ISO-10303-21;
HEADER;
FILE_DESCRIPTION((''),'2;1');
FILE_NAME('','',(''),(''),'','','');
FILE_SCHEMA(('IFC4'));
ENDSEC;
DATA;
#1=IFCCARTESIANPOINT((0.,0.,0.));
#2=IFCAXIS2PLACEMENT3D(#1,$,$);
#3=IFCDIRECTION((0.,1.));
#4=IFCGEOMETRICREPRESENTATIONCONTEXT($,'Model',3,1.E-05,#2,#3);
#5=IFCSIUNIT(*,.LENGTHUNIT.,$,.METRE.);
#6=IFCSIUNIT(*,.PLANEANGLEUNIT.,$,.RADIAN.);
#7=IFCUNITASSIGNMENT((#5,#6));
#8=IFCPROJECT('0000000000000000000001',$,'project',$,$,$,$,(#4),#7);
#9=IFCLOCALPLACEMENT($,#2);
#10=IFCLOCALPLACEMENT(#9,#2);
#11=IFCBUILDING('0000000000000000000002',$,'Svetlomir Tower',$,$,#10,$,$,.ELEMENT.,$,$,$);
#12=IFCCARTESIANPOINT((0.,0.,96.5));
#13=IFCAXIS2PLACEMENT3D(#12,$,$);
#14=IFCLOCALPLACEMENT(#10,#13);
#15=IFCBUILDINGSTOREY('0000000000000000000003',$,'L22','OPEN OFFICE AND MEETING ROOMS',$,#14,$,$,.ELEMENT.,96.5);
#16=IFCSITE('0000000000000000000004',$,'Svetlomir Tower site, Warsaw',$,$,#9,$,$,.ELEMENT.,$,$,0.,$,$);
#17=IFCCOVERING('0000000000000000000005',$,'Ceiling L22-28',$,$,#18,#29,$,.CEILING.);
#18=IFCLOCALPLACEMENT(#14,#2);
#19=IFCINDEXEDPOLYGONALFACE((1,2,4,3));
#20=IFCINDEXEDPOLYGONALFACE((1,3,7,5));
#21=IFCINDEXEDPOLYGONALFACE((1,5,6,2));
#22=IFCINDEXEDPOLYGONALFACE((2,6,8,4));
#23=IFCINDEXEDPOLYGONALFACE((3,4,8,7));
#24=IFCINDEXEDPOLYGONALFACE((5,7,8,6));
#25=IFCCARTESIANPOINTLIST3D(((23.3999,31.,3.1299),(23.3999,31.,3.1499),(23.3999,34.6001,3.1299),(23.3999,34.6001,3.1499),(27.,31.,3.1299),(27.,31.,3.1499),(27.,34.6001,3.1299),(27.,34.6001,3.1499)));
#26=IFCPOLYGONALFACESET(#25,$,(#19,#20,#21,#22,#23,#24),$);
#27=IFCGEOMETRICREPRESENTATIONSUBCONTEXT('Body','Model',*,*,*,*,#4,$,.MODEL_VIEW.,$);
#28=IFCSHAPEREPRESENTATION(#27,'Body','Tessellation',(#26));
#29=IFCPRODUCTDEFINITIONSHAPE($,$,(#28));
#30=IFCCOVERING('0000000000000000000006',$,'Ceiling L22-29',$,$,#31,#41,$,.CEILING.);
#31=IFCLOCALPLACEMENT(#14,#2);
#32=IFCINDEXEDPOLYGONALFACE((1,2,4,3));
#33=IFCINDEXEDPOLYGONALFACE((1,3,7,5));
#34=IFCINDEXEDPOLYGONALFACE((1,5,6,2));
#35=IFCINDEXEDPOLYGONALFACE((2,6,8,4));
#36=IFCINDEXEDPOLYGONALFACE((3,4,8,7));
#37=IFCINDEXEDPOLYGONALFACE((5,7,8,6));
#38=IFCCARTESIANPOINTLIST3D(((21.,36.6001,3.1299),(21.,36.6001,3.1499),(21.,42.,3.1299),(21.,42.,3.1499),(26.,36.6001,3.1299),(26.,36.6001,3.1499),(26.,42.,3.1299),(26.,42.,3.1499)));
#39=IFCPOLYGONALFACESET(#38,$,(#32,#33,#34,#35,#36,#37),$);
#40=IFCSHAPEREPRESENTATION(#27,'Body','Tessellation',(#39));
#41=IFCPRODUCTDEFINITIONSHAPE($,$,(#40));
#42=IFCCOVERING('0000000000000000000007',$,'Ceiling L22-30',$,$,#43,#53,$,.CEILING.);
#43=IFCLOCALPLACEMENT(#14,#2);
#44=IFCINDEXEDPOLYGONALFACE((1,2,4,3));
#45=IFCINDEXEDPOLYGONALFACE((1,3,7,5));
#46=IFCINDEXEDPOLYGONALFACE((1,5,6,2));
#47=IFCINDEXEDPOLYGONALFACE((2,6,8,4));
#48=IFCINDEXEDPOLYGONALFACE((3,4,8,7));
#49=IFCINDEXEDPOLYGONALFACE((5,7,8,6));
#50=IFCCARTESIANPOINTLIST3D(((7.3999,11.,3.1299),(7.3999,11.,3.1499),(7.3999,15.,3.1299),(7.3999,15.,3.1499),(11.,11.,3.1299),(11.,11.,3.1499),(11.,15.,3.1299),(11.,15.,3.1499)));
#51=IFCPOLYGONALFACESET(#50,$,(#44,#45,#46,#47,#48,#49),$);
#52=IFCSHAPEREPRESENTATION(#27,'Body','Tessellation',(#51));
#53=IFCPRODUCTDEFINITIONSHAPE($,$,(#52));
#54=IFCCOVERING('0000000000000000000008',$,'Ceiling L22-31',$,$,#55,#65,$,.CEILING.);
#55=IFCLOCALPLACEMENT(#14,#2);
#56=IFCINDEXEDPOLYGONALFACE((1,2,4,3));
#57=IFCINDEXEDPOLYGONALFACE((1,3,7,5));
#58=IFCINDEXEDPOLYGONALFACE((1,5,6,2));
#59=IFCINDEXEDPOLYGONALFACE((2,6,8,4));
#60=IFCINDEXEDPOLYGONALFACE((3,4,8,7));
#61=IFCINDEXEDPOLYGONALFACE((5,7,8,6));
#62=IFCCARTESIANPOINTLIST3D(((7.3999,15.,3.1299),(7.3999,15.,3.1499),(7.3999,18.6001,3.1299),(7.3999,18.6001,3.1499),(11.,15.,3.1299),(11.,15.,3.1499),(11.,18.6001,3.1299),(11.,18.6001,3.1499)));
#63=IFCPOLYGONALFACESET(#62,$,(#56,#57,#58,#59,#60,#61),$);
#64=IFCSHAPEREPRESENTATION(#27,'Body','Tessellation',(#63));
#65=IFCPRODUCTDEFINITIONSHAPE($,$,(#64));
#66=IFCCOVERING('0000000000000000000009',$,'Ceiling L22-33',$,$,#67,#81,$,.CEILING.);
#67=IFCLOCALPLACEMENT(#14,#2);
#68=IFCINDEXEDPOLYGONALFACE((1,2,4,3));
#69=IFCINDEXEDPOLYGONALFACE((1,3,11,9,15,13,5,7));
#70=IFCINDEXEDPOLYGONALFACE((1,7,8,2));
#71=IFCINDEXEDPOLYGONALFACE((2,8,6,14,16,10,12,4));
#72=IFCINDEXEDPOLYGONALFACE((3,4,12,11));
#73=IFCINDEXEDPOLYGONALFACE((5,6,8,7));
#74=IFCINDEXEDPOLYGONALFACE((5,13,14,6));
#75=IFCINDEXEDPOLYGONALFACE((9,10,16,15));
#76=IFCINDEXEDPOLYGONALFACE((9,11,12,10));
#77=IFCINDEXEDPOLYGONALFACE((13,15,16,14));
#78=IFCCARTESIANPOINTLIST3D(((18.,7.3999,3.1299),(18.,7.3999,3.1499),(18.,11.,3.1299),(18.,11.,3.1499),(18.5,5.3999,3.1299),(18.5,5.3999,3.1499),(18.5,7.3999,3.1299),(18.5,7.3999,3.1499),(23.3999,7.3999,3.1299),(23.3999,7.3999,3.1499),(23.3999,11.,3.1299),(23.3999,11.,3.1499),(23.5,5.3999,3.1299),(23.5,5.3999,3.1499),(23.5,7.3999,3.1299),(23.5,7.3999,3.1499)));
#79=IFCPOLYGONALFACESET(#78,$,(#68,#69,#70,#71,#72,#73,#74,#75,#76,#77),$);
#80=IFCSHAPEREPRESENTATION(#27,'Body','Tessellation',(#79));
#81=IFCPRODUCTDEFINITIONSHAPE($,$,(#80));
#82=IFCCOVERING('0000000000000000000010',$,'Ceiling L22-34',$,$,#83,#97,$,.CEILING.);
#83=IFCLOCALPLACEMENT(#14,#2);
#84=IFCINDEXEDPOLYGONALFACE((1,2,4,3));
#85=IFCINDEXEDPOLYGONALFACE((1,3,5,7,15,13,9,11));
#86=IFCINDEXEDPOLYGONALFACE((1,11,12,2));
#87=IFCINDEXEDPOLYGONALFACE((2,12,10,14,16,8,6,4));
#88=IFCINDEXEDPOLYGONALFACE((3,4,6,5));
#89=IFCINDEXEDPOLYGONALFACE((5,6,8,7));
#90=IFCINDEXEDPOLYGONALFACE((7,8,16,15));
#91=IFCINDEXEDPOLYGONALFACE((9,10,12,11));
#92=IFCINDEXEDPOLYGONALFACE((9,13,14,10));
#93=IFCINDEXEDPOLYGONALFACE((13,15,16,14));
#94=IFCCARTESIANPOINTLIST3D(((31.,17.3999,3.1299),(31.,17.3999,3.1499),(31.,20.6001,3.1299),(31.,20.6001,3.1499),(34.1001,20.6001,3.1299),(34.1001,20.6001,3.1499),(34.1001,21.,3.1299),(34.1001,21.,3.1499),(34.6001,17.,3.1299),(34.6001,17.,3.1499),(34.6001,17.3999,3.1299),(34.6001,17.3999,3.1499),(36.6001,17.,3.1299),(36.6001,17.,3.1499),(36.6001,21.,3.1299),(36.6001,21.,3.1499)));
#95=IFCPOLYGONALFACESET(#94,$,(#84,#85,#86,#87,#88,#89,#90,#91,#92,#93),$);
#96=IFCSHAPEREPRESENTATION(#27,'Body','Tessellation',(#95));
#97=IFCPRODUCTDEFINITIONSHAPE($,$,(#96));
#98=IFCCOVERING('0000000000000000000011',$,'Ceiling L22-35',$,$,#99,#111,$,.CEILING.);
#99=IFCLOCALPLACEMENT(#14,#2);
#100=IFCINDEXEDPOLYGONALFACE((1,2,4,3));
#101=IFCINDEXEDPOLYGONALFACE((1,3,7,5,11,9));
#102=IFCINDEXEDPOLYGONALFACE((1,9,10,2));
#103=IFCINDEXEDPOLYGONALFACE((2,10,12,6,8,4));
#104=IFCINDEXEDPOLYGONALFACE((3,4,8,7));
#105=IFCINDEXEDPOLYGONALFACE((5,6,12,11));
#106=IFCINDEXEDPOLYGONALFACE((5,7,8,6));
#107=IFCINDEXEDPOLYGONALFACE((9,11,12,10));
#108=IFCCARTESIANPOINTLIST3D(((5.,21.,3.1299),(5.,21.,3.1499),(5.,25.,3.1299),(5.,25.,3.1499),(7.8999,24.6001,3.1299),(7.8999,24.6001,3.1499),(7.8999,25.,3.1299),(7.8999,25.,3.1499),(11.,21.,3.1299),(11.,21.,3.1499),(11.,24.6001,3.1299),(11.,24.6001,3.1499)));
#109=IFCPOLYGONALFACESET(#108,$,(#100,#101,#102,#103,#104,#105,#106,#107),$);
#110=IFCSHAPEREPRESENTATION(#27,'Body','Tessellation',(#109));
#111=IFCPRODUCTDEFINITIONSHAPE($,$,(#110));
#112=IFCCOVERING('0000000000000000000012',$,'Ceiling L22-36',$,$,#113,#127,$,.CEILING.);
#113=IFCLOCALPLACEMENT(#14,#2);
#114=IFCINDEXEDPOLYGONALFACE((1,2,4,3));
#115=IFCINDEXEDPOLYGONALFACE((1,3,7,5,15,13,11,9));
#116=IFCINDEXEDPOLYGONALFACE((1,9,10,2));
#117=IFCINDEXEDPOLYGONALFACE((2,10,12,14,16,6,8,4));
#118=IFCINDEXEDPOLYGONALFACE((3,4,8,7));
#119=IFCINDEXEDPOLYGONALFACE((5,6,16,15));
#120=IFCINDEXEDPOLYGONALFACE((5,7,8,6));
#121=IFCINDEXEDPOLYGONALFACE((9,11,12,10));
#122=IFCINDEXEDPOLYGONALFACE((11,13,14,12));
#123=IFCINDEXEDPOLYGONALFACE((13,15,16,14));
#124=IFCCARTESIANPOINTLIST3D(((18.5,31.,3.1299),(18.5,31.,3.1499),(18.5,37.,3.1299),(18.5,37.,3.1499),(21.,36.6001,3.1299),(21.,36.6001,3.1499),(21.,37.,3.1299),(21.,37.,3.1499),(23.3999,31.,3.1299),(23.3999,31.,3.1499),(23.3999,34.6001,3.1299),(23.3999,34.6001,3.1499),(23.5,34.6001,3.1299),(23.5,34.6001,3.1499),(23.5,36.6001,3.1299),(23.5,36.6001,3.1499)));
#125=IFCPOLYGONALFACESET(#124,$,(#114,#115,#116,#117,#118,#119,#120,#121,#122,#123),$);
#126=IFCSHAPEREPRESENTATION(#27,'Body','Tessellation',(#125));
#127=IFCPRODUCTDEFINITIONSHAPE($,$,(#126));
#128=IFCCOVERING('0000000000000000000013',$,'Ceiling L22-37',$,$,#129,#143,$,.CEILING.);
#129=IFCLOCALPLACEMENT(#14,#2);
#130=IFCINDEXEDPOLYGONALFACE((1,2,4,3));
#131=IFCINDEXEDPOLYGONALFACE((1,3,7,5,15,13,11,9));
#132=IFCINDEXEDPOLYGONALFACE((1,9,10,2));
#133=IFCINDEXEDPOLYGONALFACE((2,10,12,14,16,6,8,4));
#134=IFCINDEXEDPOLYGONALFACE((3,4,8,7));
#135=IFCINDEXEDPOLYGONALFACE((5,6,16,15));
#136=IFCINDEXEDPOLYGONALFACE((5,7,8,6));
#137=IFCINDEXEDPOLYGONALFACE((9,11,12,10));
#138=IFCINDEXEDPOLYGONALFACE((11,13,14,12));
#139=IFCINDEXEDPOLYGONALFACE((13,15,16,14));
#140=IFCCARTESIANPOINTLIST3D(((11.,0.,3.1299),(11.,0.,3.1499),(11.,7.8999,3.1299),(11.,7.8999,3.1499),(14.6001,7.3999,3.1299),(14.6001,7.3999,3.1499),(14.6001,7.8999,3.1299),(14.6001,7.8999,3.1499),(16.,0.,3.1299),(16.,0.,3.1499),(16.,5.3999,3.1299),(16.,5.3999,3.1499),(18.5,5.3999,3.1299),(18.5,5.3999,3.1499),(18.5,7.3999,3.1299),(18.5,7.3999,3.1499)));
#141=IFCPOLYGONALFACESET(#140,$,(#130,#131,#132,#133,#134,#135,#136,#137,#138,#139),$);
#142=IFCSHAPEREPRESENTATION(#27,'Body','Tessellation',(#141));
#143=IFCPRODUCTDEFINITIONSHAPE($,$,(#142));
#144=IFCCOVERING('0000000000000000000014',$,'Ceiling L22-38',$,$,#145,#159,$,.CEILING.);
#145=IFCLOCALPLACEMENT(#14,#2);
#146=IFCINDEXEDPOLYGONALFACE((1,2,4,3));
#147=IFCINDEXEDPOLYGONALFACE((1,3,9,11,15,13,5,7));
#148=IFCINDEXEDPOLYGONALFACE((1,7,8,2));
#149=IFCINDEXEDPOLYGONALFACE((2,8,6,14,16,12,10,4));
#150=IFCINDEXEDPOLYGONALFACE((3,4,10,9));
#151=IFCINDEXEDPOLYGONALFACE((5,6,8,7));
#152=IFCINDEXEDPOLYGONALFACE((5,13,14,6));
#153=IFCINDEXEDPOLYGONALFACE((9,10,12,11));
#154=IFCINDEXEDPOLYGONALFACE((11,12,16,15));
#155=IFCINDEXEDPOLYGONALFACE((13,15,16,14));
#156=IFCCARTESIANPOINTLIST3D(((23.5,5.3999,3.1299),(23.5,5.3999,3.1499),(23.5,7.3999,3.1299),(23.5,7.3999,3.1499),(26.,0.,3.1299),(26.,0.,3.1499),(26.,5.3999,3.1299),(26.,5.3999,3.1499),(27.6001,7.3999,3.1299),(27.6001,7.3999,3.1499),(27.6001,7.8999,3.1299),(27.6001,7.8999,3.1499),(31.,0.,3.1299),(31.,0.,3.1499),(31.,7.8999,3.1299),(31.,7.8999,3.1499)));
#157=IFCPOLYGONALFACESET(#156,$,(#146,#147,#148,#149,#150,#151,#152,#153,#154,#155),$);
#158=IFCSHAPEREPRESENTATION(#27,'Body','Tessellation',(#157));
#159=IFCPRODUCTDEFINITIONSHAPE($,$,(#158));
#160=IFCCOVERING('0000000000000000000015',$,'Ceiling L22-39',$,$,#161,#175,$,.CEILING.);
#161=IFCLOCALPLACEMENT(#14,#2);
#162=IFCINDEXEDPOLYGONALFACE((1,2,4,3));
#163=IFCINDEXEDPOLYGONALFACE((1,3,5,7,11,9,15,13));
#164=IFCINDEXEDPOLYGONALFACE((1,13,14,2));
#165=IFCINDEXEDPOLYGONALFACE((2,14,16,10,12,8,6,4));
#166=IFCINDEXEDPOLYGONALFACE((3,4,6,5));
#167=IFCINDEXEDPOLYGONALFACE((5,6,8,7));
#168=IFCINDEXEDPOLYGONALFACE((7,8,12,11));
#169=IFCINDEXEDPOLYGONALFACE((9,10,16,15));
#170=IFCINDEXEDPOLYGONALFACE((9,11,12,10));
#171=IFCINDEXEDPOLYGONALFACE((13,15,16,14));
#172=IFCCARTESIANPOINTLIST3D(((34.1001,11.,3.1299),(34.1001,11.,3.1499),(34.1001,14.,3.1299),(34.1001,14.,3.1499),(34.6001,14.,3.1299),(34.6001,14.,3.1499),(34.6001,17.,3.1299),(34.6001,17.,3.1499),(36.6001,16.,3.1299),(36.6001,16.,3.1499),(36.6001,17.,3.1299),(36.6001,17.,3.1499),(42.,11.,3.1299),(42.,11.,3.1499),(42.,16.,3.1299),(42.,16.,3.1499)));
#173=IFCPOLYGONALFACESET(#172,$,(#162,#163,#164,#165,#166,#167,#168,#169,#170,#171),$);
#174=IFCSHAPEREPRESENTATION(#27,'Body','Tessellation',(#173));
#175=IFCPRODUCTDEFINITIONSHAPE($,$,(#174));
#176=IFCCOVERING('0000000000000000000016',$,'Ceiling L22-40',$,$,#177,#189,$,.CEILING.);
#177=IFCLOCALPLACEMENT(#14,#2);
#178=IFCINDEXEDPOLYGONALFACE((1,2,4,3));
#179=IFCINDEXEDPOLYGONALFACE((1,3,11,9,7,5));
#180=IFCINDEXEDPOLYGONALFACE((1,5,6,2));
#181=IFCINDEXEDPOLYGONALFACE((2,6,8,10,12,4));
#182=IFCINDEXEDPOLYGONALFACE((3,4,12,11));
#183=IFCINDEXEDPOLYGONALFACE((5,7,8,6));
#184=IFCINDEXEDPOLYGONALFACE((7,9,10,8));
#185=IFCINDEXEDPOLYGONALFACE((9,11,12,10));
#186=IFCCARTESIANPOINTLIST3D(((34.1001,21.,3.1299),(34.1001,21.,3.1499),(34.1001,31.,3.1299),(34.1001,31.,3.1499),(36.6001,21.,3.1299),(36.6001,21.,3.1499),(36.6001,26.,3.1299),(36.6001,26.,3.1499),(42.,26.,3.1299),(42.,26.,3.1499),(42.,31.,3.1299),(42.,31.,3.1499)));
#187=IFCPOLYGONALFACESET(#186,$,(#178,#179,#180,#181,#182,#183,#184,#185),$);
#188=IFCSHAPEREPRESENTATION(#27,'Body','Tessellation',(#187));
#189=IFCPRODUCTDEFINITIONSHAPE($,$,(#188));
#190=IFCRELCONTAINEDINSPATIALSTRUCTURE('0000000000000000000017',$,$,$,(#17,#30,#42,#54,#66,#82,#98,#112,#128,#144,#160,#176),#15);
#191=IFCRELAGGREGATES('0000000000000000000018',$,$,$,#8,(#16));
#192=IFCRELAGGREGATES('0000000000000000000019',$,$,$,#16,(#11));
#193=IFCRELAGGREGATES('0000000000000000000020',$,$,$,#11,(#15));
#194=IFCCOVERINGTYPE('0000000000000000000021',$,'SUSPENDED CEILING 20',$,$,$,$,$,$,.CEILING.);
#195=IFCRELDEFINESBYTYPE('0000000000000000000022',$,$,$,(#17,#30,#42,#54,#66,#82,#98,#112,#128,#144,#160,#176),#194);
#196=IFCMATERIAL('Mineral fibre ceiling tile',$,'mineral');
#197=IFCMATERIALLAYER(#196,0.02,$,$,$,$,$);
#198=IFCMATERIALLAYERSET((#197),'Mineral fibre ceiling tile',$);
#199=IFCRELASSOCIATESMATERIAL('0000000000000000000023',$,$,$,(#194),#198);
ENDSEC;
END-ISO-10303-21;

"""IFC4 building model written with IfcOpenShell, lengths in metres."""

from ifc_helpers import new_model, si_unit, direction, frame, origin, place, context, subcontext, project, spatial, polyline, outline, extrude, material, layer, layer_set, type_object, element, save


model = new_model("IFC4")

# Units and contexts
model_context = context("Model", 3, precision=1e-05, world=origin(), true_north=direction((0.0, 1.0)))
body_context = subcontext(model_context, "Body", "Model", "MODEL_VIEW")
ifc_project = project(units=[si_unit("LENGTHUNIT", "METRE"), si_unit("PLANEANGLEUNIT", "RADIAN")], contexts=[model_context])

# Site, building, storey
site_placement = place(None, origin())
site = spatial("IfcSite", under=ifc_project, at=site_placement, Name="Svetlomir Tower site, Warsaw", CompositionType="ELEMENT", RefElevation=0.0)
building_placement = place(site_placement, origin())
building = spatial("IfcBuilding", under=site, at=building_placement, Name="Svetlomir Tower", CompositionType="ELEMENT")
storey_placement = place(building_placement, frame((0.0, 0.0, 96.5)))
storey = spatial("IfcBuildingStorey", under=building, at=storey_placement, Name="L22", Description="OPEN OFFICE AND MEETING ROOMS", CompositionType="ELEMENT", Elevation=96.5)

# Coverings
ifc_material_1 = material(Name="Mineral fibre ceiling tile", Category="mineral")
ifc_layer_1 = layer(ifc_material_1, 0.02)
ifc_layer_set_1 = layer_set([ifc_layer_1], Name="Mineral fibre ceiling tile")
covering_type_1 = type_object("IfcCoveringType", Name="SUSPENDED CEILING 20", PredefinedType="CEILING", material=ifc_layer_set_1)
covering_1_placement = place(storey_placement, frame((0.0, 0.0, 3.1299)))
element("IfcCovering", 1, at=covering_1_placement, inside=storey, type_object=covering_type_1, Name="Ceiling L22-28", PredefinedType="CEILING", context=body_context, shape_type="SweptSolid", body=[
    extrude(outline(polyline([(23.3999, 31.0), (27.0, 31.0), (27.0, 34.6001), (23.3999, 34.6001), (23.3999, 31.0)])), origin(), (0.0, 0.0, 1.0), 0.02),
])
covering_2_placement = place(storey_placement, frame((0.0, 0.0, 3.1299)))
element("IfcCovering", 2, at=covering_2_placement, inside=storey, type_object=covering_type_1, Name="Ceiling L22-29", PredefinedType="CEILING", context=body_context, shape_type="SweptSolid", body=[
    extrude(outline(polyline([(21.0, 36.6001), (26.0, 36.6001), (26.0, 42.0), (21.0, 42.0), (21.0, 36.6001)])), origin(), (0.0, 0.0, 1.0), 0.02),
])
covering_3_placement = place(storey_placement, frame((0.0, 0.0, 3.1299)))
element("IfcCovering", 3, at=covering_3_placement, inside=storey, type_object=covering_type_1, Name="Ceiling L22-30", PredefinedType="CEILING", context=body_context, shape_type="SweptSolid", body=[
    extrude(outline(polyline([(7.3999, 11.0), (11.0, 11.0), (11.0, 15.0), (7.3999, 15.0), (7.3999, 11.0)])), origin(), (0.0, 0.0, 1.0), 0.02),
])
covering_4_placement = place(storey_placement, frame((0.0, 0.0, 3.1299)))
element("IfcCovering", 4, at=covering_4_placement, inside=storey, type_object=covering_type_1, Name="Ceiling L22-31", PredefinedType="CEILING", context=body_context, shape_type="SweptSolid", body=[
    extrude(outline(polyline([(7.3999, 15.0), (11.0, 15.0), (11.0, 18.6001), (7.3999, 18.6001), (7.3999, 15.0)])), origin(), (0.0, 0.0, 1.0), 0.02),
])
covering_5_placement = place(storey_placement, frame((0.0, 0.0, 3.1299)))
element("IfcCovering", 5, at=covering_5_placement, inside=storey, type_object=covering_type_1, Name="Ceiling L22-33", PredefinedType="CEILING", context=body_context, shape_type="SweptSolid", body=[
    extrude(outline(polyline([(23.5, 7.3999), (23.5, 5.3999), (18.5, 5.3999), (18.5, 7.3999), (18.0, 7.3999), (18.0, 11.0), (23.3999, 11.0), (23.3999, 7.3999), (23.5, 7.3999)])), origin(), (0.0, 0.0, 1.0), 0.02),
])
covering_6_placement = place(storey_placement, frame((0.0, 0.0, 3.1299)))
element("IfcCovering", 6, at=covering_6_placement, inside=storey, type_object=covering_type_1, Name="Ceiling L22-34", PredefinedType="CEILING", context=body_context, shape_type="SweptSolid", body=[
    extrude(outline(polyline([(31.0, 20.6001), (34.1001, 20.6001), (34.1001, 21.0), (36.6001, 21.0), (36.6001, 17.0), (34.6001, 17.0), (34.6001, 17.3999), (31.0, 17.3999), (31.0, 20.6001)])), origin(), (0.0, 0.0, 1.0), 0.02),
])
covering_7_placement = place(storey_placement, frame((0.0, 0.0, 3.1299)))
element("IfcCovering", 7, at=covering_7_placement, inside=storey, type_object=covering_type_1, Name="Ceiling L22-35", PredefinedType="CEILING", context=body_context, shape_type="SweptSolid", body=[
    extrude(outline(polyline([(5.0, 21.0), (5.0, 25.0), (7.8999, 25.0), (7.8999, 24.6001), (11.0, 24.6001), (11.0, 21.0), (5.0, 21.0)])), origin(), (0.0, 0.0, 1.0), 0.02),
])
covering_8_placement = place(storey_placement, frame((0.0, 0.0, 3.1299)))
element("IfcCovering", 8, at=covering_8_placement, inside=storey, type_object=covering_type_1, Name="Ceiling L22-36", PredefinedType="CEILING", context=body_context, shape_type="SweptSolid", body=[
    extrude(outline(polyline([(18.5, 37.0), (21.0, 37.0), (21.0, 36.6001), (23.5, 36.6001), (23.5, 34.6001), (23.3999, 34.6001), (23.3999, 31.0), (18.5, 31.0), (18.5, 37.0)])), origin(), (0.0, 0.0, 1.0), 0.02),
])
covering_9_placement = place(storey_placement, frame((0.0, 0.0, 3.1299)))
element("IfcCovering", 9, at=covering_9_placement, inside=storey, type_object=covering_type_1, Name="Ceiling L22-37", PredefinedType="CEILING", context=body_context, shape_type="SweptSolid", body=[
    extrude(outline(polyline([(14.6001, 7.8999), (14.6001, 7.3999), (18.5, 7.3999), (18.5, 5.3999), (16.0, 5.3999), (16.0, 0.0), (11.0, 0.0), (11.0, 7.8999), (14.6001, 7.8999)])), origin(), (0.0, 0.0, 1.0), 0.02),
])
covering_10_placement = place(storey_placement, frame((0.0, 0.0, 3.1299)))
element("IfcCovering", 10, at=covering_10_placement, inside=storey, type_object=covering_type_1, Name="Ceiling L22-38", PredefinedType="CEILING", context=body_context, shape_type="SweptSolid", body=[
    extrude(outline(polyline([(27.6001, 7.8999), (31.0, 7.8999), (31.0, 0.0), (26.0, 0.0), (26.0, 5.3999), (23.5, 5.3999), (23.5, 7.3999), (27.6001, 7.3999), (27.6001, 7.8999)])), origin(), (0.0, 0.0, 1.0), 0.02),
])
covering_11_placement = place(storey_placement, frame((0.0, 0.0, 3.1299)))
element("IfcCovering", 11, at=covering_11_placement, inside=storey, type_object=covering_type_1, Name="Ceiling L22-39", PredefinedType="CEILING", context=body_context, shape_type="SweptSolid", body=[
    extrude(outline(polyline([(34.1001, 14.0), (34.6001, 14.0), (34.6001, 17.0), (36.6001, 17.0), (36.6001, 16.0), (42.0, 16.0), (42.0, 11.0), (34.1001, 11.0), (34.1001, 14.0)])), origin(), (0.0, 0.0, 1.0), 0.02),
])
covering_12_placement = place(storey_placement, frame((0.0, 0.0, 3.1299)))
element("IfcCovering", 12, at=covering_12_placement, inside=storey, type_object=covering_type_1, Name="Ceiling L22-40", PredefinedType="CEILING", context=body_context, shape_type="SweptSolid", body=[
    extrude(outline(polyline([(34.1001, 31.0), (42.0, 31.0), (42.0, 26.0), (36.6001, 26.0), (36.6001, 21.0), (34.1001, 21.0), (34.1001, 31.0)])), origin(), (0.0, 0.0, 1.0), 0.02),
])

save(model, "model.ifc")
